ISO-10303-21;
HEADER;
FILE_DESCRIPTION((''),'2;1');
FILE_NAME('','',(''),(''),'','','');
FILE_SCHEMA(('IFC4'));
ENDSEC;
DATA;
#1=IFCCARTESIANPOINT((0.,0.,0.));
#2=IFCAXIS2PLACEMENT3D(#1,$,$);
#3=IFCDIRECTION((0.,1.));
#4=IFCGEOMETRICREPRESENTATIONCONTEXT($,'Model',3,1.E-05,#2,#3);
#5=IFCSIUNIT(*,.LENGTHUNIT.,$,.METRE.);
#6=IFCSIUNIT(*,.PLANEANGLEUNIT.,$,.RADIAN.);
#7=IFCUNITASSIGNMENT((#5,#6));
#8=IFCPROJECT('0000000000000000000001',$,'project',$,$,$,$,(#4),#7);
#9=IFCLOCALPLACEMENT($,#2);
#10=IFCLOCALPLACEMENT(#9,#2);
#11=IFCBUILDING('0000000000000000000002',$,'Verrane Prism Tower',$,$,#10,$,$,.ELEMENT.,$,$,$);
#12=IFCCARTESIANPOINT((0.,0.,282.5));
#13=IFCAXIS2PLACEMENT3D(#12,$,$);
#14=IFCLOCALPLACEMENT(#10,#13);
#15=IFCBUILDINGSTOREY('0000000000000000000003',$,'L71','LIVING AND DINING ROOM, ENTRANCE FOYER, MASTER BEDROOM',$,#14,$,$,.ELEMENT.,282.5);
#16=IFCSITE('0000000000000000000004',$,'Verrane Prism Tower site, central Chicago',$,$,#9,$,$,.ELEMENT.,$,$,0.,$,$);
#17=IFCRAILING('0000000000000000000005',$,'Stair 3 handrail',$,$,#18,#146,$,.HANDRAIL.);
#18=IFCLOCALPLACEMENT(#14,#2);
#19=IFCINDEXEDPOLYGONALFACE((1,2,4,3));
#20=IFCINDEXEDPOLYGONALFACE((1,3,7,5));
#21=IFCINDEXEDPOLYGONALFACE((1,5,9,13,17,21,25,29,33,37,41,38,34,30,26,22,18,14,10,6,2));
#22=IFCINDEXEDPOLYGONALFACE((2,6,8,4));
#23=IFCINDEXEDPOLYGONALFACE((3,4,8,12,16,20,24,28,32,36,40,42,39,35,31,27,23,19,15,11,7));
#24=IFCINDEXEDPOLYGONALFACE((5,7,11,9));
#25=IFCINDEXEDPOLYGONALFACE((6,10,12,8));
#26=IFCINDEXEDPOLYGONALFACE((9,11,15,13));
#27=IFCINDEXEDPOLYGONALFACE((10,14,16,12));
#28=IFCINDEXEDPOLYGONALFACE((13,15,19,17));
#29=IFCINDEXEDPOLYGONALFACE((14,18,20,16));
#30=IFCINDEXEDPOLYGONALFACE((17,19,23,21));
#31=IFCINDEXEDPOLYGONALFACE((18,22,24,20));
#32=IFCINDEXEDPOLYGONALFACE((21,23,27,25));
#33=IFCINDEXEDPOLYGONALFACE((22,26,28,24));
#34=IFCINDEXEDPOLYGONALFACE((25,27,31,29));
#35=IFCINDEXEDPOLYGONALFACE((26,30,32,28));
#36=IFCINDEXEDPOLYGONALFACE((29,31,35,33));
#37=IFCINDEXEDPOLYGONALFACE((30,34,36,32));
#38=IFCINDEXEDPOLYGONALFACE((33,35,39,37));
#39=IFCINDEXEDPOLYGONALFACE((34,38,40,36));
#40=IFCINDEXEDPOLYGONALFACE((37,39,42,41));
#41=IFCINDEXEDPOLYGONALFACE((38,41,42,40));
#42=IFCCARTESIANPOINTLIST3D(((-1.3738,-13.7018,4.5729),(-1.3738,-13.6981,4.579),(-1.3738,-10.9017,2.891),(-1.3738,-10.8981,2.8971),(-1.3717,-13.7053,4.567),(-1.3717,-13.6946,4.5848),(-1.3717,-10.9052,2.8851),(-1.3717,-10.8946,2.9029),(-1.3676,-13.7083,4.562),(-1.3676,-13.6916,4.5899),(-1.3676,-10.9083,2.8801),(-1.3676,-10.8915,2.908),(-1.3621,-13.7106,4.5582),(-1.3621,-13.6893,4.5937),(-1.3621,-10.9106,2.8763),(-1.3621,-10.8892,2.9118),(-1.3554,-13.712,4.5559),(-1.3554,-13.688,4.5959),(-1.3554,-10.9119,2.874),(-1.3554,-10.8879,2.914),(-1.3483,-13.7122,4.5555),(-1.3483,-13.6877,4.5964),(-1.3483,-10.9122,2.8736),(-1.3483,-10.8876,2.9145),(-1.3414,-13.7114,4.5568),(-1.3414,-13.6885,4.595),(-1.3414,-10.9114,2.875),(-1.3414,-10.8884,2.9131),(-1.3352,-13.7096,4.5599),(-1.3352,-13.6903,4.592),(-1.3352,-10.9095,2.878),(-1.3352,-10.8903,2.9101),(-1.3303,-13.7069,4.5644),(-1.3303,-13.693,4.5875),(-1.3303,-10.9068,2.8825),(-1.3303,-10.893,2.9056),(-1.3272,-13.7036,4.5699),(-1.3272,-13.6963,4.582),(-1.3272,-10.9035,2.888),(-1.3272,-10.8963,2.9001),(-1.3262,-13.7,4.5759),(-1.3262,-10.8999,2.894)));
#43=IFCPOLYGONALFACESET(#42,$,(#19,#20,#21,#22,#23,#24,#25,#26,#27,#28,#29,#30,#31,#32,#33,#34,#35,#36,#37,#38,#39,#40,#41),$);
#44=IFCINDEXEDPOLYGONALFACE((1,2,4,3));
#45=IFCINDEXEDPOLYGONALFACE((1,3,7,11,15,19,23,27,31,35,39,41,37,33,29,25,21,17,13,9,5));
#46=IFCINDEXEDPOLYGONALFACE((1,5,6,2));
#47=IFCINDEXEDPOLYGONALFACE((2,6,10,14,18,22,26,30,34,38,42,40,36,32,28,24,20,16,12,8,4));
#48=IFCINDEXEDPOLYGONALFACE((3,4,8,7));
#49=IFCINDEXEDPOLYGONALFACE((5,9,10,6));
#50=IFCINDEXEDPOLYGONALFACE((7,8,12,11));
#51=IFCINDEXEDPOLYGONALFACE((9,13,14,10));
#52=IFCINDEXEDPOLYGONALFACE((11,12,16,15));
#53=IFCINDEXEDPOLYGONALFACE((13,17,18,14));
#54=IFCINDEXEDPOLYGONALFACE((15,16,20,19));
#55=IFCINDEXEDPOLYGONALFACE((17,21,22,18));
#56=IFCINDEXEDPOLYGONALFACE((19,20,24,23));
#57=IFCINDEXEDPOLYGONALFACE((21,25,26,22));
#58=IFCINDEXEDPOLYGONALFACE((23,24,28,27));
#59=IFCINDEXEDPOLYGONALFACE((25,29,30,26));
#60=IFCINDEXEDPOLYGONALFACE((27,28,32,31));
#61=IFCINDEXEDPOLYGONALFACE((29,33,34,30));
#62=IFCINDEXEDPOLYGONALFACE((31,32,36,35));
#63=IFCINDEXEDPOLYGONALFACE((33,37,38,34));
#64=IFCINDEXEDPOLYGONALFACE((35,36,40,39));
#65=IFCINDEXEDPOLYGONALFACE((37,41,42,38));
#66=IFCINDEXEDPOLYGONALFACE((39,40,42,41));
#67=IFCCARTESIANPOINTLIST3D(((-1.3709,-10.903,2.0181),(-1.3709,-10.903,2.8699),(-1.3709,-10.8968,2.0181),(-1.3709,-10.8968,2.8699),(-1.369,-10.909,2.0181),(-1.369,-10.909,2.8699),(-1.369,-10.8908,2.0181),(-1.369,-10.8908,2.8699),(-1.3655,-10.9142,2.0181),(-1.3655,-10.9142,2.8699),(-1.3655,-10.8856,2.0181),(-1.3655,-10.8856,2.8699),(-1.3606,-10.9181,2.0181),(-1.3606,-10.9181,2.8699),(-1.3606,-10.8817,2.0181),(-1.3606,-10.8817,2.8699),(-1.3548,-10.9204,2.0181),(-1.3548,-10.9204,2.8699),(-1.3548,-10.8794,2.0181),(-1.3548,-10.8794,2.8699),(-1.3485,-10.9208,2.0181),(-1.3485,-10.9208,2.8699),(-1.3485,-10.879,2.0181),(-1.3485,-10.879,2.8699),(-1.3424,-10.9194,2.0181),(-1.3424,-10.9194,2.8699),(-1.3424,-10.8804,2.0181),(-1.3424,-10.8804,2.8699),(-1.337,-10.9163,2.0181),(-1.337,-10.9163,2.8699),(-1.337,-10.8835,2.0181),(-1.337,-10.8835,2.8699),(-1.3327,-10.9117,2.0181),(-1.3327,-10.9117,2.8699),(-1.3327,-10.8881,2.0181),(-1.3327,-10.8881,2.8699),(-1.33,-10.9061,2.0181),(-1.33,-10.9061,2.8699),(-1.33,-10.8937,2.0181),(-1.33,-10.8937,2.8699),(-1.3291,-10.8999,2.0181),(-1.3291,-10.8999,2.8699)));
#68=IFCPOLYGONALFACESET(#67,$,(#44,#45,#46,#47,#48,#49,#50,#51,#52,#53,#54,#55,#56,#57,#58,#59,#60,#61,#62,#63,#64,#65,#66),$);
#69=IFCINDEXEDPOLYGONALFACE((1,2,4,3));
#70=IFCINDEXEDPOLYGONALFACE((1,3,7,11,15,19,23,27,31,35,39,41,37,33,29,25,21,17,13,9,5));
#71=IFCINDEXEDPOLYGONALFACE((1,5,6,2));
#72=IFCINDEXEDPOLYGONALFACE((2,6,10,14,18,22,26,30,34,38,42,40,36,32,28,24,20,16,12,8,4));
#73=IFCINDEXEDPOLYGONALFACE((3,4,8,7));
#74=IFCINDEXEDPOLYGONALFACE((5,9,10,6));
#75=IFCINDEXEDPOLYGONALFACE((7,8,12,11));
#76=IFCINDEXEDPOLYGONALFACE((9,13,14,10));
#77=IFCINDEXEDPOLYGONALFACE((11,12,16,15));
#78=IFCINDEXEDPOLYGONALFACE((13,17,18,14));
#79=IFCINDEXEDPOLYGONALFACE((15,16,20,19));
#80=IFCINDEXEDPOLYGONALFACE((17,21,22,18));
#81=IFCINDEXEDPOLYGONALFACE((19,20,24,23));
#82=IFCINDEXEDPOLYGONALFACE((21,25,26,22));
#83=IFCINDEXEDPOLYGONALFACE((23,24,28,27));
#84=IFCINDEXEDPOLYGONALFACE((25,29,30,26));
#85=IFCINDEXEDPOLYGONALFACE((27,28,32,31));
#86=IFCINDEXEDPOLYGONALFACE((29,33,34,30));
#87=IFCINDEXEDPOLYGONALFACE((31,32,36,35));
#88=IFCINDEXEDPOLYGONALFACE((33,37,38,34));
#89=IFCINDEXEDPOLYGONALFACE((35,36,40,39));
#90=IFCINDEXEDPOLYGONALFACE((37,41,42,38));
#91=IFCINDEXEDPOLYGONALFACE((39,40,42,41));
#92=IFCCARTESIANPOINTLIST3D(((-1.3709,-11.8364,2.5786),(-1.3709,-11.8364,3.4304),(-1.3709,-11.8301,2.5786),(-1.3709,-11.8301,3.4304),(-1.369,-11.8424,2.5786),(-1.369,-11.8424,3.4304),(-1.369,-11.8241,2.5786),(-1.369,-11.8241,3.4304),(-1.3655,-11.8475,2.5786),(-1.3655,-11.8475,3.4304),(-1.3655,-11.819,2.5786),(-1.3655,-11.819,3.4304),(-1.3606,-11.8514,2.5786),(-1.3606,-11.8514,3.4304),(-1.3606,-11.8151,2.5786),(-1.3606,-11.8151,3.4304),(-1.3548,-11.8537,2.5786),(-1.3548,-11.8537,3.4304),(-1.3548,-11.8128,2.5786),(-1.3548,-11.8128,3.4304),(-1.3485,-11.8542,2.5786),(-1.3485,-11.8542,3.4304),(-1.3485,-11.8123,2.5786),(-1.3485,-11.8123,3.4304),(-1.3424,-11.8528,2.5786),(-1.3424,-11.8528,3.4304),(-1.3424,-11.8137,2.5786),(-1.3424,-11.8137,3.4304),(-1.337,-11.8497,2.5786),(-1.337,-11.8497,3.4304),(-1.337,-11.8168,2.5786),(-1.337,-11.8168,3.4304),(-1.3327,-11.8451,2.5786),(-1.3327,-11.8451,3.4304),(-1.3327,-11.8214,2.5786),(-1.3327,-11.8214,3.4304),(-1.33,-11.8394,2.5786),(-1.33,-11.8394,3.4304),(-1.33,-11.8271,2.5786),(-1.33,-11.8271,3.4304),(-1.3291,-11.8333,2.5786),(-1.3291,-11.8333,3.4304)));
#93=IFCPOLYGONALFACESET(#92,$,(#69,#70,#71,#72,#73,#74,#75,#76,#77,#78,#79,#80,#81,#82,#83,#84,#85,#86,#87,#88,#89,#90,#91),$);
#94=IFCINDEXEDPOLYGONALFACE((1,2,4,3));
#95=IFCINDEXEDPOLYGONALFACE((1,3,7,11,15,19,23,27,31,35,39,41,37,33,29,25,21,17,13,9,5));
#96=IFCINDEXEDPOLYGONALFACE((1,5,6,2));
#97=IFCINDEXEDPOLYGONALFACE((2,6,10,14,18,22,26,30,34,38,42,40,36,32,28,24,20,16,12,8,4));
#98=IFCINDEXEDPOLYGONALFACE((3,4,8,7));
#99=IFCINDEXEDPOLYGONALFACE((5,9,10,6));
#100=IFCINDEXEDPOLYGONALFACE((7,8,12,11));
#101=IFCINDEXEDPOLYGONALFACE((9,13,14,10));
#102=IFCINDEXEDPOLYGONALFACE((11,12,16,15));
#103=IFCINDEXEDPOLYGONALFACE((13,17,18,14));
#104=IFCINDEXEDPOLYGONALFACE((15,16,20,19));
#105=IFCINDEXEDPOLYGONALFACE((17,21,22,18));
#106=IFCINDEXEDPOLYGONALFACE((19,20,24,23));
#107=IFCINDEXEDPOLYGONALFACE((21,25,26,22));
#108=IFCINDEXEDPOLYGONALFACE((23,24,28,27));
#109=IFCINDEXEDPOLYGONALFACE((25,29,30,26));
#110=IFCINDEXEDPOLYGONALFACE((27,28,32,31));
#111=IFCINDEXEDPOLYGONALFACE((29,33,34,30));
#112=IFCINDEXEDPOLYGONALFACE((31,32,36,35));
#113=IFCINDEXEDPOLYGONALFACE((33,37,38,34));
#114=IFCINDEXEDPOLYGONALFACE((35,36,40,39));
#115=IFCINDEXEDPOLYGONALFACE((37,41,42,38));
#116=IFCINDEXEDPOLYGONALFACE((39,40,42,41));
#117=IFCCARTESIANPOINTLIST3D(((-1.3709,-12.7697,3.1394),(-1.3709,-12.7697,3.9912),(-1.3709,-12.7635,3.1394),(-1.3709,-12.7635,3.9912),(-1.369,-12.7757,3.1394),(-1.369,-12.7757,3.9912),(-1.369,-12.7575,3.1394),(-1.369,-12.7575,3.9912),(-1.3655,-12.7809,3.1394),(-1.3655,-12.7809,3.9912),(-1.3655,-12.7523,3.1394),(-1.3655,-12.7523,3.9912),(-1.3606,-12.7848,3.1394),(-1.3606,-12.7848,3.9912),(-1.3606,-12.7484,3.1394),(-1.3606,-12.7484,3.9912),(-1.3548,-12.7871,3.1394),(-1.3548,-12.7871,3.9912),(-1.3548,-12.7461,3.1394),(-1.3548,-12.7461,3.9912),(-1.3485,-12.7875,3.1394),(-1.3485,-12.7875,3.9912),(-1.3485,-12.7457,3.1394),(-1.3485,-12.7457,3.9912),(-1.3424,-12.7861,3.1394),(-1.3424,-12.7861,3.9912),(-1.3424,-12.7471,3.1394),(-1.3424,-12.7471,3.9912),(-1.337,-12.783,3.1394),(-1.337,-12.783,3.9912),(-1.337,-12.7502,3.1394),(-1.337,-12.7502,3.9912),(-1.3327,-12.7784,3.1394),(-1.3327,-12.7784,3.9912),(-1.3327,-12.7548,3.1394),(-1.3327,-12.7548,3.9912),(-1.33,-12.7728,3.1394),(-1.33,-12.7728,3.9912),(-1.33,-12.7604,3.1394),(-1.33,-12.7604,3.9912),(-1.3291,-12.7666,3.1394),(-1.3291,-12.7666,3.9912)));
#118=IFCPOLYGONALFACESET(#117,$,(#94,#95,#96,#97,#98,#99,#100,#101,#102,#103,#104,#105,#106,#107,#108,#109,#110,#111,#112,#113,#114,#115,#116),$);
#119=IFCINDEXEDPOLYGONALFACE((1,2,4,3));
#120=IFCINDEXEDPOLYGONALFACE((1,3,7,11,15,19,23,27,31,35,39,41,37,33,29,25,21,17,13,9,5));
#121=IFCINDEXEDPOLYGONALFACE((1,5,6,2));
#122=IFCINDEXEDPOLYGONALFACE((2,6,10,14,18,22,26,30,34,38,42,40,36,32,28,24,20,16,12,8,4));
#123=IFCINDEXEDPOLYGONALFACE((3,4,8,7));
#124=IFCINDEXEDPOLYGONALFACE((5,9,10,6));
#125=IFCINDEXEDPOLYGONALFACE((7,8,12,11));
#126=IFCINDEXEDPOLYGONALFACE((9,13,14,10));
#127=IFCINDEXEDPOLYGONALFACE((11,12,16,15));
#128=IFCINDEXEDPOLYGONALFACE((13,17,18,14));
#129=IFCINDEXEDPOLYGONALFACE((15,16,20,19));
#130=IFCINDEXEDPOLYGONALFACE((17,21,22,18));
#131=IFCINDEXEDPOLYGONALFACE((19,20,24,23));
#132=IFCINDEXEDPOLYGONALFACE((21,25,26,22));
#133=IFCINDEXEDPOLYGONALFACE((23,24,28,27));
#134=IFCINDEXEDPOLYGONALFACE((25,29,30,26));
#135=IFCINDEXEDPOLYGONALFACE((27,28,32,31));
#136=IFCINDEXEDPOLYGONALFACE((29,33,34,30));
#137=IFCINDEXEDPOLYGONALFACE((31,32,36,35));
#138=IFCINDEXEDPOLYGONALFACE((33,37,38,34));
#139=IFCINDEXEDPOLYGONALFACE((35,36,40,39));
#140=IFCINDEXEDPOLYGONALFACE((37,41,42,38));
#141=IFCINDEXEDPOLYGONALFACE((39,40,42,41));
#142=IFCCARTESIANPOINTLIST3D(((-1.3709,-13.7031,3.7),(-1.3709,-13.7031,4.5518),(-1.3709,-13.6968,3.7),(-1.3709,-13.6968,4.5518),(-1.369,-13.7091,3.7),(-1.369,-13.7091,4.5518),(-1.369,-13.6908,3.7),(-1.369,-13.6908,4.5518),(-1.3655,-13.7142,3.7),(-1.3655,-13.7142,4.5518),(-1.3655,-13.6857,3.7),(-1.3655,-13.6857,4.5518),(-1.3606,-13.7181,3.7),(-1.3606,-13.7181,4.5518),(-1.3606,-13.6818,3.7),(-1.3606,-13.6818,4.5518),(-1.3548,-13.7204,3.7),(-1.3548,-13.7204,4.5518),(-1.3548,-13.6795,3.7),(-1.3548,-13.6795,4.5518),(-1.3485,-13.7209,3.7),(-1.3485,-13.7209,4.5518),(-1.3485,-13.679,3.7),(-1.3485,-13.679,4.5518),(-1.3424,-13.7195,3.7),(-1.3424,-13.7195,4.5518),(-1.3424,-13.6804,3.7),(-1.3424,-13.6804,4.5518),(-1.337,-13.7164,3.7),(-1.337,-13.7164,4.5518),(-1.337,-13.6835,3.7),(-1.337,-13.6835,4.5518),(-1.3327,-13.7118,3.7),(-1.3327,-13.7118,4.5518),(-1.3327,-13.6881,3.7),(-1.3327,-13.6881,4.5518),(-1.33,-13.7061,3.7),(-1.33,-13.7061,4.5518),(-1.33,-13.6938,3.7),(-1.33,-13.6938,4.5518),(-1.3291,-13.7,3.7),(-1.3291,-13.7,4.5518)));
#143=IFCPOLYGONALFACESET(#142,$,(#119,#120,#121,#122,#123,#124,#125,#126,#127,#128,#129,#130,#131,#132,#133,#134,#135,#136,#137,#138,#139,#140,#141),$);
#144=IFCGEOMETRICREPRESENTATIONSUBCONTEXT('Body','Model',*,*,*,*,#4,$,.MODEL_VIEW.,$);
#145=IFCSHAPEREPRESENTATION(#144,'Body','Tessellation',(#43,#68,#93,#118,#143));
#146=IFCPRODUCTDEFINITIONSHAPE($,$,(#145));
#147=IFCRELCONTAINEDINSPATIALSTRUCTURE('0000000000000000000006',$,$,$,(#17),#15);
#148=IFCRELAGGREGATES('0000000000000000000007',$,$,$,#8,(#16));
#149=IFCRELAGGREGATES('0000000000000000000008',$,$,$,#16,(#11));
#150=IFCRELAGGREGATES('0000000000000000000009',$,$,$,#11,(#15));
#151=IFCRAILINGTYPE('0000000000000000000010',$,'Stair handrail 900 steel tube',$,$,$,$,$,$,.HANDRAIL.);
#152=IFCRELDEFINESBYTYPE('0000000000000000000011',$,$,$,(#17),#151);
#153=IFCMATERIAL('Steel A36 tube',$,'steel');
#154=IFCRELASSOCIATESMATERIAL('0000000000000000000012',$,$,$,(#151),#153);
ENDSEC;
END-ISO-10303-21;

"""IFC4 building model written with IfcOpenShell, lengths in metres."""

from ifc_helpers import new_model, si_unit, direction, frame, origin, origin_2d, place, context, subcontext, project, spatial, circle, extrude, material, type_object, element, save


model = new_model("IFC4")

# Units and contexts
model_context = context("Model", 3, precision=1e-05, world=origin(), true_north=direction((0.0, 1.0)))
body_context = subcontext(model_context, "Body", "Model", "MODEL_VIEW")
ifc_project = project(units=[si_unit("LENGTHUNIT", "METRE"), si_unit("PLANEANGLEUNIT", "RADIAN")], contexts=[model_context])

# Site, building, storey
site_placement = place(None, origin())
site = spatial("IfcSite", under=ifc_project, at=site_placement, Name="Verrane Prism Tower site, central Chicago", CompositionType="ELEMENT", RefElevation=0.0)
building_placement = place(site_placement, origin())
building = spatial("IfcBuilding", under=site, at=building_placement, Name="Verrane Prism Tower", CompositionType="ELEMENT")
storey_placement = place(building_placement, frame((0.0, 0.0, 282.5)))
storey = spatial("IfcBuildingStorey", under=building, at=storey_placement, Name="L71", Description="LIVING AND DINING ROOM, ENTRANCE FOYER, MASTER BEDROOM", CompositionType="ELEMENT", Elevation=282.5)

# Railing
ifc_material_1 = material(Name="Steel A36 tube", Category="steel")
railing_type = type_object("IfcRailingType", Name="Stair handrail 900 steel tube", PredefinedType="HANDRAIL", material=ifc_material_1)
railing_placement = place(storey_placement, frame((-1.3501, -10.8999, 2.0181)))
element("IfcRailing", 1, at=railing_placement, inside=storey, type_object=railing_type, Name="Stair 3 handrail", PredefinedType="HANDRAIL", context=body_context, shape_type="SweptSolid", body=[
    extrude(circle(Radius=0.0239, at=origin_2d()), frame((0.0, 0.0, 0.876), z_axis=(0.0, -0.857242, 0.514913), x_axis=(1.0, 0.0, 0.0)), (0.0, 0.0, 1.0), 3.2664),
    extrude(circle(Radius=0.021, at=origin_2d()), origin(), (0.0, 0.0, 1.0), 0.8518),
    extrude(circle(Radius=0.021, at=origin_2d()), frame((0.0, -0.9333, 0.5605)), (0.0, 0.0, 1.0), 0.8518),
    extrude(circle(Radius=0.021, at=origin_2d()), frame((0.0, -1.8667, 1.1213)), (0.0, 0.0, 1.0), 0.8518),
    extrude(circle(Radius=0.021, at=origin_2d()), frame((0.0, -2.8, 1.6819)), (0.0, 0.0, 1.0), 0.8518),
])

save(model, "model.ifc")
